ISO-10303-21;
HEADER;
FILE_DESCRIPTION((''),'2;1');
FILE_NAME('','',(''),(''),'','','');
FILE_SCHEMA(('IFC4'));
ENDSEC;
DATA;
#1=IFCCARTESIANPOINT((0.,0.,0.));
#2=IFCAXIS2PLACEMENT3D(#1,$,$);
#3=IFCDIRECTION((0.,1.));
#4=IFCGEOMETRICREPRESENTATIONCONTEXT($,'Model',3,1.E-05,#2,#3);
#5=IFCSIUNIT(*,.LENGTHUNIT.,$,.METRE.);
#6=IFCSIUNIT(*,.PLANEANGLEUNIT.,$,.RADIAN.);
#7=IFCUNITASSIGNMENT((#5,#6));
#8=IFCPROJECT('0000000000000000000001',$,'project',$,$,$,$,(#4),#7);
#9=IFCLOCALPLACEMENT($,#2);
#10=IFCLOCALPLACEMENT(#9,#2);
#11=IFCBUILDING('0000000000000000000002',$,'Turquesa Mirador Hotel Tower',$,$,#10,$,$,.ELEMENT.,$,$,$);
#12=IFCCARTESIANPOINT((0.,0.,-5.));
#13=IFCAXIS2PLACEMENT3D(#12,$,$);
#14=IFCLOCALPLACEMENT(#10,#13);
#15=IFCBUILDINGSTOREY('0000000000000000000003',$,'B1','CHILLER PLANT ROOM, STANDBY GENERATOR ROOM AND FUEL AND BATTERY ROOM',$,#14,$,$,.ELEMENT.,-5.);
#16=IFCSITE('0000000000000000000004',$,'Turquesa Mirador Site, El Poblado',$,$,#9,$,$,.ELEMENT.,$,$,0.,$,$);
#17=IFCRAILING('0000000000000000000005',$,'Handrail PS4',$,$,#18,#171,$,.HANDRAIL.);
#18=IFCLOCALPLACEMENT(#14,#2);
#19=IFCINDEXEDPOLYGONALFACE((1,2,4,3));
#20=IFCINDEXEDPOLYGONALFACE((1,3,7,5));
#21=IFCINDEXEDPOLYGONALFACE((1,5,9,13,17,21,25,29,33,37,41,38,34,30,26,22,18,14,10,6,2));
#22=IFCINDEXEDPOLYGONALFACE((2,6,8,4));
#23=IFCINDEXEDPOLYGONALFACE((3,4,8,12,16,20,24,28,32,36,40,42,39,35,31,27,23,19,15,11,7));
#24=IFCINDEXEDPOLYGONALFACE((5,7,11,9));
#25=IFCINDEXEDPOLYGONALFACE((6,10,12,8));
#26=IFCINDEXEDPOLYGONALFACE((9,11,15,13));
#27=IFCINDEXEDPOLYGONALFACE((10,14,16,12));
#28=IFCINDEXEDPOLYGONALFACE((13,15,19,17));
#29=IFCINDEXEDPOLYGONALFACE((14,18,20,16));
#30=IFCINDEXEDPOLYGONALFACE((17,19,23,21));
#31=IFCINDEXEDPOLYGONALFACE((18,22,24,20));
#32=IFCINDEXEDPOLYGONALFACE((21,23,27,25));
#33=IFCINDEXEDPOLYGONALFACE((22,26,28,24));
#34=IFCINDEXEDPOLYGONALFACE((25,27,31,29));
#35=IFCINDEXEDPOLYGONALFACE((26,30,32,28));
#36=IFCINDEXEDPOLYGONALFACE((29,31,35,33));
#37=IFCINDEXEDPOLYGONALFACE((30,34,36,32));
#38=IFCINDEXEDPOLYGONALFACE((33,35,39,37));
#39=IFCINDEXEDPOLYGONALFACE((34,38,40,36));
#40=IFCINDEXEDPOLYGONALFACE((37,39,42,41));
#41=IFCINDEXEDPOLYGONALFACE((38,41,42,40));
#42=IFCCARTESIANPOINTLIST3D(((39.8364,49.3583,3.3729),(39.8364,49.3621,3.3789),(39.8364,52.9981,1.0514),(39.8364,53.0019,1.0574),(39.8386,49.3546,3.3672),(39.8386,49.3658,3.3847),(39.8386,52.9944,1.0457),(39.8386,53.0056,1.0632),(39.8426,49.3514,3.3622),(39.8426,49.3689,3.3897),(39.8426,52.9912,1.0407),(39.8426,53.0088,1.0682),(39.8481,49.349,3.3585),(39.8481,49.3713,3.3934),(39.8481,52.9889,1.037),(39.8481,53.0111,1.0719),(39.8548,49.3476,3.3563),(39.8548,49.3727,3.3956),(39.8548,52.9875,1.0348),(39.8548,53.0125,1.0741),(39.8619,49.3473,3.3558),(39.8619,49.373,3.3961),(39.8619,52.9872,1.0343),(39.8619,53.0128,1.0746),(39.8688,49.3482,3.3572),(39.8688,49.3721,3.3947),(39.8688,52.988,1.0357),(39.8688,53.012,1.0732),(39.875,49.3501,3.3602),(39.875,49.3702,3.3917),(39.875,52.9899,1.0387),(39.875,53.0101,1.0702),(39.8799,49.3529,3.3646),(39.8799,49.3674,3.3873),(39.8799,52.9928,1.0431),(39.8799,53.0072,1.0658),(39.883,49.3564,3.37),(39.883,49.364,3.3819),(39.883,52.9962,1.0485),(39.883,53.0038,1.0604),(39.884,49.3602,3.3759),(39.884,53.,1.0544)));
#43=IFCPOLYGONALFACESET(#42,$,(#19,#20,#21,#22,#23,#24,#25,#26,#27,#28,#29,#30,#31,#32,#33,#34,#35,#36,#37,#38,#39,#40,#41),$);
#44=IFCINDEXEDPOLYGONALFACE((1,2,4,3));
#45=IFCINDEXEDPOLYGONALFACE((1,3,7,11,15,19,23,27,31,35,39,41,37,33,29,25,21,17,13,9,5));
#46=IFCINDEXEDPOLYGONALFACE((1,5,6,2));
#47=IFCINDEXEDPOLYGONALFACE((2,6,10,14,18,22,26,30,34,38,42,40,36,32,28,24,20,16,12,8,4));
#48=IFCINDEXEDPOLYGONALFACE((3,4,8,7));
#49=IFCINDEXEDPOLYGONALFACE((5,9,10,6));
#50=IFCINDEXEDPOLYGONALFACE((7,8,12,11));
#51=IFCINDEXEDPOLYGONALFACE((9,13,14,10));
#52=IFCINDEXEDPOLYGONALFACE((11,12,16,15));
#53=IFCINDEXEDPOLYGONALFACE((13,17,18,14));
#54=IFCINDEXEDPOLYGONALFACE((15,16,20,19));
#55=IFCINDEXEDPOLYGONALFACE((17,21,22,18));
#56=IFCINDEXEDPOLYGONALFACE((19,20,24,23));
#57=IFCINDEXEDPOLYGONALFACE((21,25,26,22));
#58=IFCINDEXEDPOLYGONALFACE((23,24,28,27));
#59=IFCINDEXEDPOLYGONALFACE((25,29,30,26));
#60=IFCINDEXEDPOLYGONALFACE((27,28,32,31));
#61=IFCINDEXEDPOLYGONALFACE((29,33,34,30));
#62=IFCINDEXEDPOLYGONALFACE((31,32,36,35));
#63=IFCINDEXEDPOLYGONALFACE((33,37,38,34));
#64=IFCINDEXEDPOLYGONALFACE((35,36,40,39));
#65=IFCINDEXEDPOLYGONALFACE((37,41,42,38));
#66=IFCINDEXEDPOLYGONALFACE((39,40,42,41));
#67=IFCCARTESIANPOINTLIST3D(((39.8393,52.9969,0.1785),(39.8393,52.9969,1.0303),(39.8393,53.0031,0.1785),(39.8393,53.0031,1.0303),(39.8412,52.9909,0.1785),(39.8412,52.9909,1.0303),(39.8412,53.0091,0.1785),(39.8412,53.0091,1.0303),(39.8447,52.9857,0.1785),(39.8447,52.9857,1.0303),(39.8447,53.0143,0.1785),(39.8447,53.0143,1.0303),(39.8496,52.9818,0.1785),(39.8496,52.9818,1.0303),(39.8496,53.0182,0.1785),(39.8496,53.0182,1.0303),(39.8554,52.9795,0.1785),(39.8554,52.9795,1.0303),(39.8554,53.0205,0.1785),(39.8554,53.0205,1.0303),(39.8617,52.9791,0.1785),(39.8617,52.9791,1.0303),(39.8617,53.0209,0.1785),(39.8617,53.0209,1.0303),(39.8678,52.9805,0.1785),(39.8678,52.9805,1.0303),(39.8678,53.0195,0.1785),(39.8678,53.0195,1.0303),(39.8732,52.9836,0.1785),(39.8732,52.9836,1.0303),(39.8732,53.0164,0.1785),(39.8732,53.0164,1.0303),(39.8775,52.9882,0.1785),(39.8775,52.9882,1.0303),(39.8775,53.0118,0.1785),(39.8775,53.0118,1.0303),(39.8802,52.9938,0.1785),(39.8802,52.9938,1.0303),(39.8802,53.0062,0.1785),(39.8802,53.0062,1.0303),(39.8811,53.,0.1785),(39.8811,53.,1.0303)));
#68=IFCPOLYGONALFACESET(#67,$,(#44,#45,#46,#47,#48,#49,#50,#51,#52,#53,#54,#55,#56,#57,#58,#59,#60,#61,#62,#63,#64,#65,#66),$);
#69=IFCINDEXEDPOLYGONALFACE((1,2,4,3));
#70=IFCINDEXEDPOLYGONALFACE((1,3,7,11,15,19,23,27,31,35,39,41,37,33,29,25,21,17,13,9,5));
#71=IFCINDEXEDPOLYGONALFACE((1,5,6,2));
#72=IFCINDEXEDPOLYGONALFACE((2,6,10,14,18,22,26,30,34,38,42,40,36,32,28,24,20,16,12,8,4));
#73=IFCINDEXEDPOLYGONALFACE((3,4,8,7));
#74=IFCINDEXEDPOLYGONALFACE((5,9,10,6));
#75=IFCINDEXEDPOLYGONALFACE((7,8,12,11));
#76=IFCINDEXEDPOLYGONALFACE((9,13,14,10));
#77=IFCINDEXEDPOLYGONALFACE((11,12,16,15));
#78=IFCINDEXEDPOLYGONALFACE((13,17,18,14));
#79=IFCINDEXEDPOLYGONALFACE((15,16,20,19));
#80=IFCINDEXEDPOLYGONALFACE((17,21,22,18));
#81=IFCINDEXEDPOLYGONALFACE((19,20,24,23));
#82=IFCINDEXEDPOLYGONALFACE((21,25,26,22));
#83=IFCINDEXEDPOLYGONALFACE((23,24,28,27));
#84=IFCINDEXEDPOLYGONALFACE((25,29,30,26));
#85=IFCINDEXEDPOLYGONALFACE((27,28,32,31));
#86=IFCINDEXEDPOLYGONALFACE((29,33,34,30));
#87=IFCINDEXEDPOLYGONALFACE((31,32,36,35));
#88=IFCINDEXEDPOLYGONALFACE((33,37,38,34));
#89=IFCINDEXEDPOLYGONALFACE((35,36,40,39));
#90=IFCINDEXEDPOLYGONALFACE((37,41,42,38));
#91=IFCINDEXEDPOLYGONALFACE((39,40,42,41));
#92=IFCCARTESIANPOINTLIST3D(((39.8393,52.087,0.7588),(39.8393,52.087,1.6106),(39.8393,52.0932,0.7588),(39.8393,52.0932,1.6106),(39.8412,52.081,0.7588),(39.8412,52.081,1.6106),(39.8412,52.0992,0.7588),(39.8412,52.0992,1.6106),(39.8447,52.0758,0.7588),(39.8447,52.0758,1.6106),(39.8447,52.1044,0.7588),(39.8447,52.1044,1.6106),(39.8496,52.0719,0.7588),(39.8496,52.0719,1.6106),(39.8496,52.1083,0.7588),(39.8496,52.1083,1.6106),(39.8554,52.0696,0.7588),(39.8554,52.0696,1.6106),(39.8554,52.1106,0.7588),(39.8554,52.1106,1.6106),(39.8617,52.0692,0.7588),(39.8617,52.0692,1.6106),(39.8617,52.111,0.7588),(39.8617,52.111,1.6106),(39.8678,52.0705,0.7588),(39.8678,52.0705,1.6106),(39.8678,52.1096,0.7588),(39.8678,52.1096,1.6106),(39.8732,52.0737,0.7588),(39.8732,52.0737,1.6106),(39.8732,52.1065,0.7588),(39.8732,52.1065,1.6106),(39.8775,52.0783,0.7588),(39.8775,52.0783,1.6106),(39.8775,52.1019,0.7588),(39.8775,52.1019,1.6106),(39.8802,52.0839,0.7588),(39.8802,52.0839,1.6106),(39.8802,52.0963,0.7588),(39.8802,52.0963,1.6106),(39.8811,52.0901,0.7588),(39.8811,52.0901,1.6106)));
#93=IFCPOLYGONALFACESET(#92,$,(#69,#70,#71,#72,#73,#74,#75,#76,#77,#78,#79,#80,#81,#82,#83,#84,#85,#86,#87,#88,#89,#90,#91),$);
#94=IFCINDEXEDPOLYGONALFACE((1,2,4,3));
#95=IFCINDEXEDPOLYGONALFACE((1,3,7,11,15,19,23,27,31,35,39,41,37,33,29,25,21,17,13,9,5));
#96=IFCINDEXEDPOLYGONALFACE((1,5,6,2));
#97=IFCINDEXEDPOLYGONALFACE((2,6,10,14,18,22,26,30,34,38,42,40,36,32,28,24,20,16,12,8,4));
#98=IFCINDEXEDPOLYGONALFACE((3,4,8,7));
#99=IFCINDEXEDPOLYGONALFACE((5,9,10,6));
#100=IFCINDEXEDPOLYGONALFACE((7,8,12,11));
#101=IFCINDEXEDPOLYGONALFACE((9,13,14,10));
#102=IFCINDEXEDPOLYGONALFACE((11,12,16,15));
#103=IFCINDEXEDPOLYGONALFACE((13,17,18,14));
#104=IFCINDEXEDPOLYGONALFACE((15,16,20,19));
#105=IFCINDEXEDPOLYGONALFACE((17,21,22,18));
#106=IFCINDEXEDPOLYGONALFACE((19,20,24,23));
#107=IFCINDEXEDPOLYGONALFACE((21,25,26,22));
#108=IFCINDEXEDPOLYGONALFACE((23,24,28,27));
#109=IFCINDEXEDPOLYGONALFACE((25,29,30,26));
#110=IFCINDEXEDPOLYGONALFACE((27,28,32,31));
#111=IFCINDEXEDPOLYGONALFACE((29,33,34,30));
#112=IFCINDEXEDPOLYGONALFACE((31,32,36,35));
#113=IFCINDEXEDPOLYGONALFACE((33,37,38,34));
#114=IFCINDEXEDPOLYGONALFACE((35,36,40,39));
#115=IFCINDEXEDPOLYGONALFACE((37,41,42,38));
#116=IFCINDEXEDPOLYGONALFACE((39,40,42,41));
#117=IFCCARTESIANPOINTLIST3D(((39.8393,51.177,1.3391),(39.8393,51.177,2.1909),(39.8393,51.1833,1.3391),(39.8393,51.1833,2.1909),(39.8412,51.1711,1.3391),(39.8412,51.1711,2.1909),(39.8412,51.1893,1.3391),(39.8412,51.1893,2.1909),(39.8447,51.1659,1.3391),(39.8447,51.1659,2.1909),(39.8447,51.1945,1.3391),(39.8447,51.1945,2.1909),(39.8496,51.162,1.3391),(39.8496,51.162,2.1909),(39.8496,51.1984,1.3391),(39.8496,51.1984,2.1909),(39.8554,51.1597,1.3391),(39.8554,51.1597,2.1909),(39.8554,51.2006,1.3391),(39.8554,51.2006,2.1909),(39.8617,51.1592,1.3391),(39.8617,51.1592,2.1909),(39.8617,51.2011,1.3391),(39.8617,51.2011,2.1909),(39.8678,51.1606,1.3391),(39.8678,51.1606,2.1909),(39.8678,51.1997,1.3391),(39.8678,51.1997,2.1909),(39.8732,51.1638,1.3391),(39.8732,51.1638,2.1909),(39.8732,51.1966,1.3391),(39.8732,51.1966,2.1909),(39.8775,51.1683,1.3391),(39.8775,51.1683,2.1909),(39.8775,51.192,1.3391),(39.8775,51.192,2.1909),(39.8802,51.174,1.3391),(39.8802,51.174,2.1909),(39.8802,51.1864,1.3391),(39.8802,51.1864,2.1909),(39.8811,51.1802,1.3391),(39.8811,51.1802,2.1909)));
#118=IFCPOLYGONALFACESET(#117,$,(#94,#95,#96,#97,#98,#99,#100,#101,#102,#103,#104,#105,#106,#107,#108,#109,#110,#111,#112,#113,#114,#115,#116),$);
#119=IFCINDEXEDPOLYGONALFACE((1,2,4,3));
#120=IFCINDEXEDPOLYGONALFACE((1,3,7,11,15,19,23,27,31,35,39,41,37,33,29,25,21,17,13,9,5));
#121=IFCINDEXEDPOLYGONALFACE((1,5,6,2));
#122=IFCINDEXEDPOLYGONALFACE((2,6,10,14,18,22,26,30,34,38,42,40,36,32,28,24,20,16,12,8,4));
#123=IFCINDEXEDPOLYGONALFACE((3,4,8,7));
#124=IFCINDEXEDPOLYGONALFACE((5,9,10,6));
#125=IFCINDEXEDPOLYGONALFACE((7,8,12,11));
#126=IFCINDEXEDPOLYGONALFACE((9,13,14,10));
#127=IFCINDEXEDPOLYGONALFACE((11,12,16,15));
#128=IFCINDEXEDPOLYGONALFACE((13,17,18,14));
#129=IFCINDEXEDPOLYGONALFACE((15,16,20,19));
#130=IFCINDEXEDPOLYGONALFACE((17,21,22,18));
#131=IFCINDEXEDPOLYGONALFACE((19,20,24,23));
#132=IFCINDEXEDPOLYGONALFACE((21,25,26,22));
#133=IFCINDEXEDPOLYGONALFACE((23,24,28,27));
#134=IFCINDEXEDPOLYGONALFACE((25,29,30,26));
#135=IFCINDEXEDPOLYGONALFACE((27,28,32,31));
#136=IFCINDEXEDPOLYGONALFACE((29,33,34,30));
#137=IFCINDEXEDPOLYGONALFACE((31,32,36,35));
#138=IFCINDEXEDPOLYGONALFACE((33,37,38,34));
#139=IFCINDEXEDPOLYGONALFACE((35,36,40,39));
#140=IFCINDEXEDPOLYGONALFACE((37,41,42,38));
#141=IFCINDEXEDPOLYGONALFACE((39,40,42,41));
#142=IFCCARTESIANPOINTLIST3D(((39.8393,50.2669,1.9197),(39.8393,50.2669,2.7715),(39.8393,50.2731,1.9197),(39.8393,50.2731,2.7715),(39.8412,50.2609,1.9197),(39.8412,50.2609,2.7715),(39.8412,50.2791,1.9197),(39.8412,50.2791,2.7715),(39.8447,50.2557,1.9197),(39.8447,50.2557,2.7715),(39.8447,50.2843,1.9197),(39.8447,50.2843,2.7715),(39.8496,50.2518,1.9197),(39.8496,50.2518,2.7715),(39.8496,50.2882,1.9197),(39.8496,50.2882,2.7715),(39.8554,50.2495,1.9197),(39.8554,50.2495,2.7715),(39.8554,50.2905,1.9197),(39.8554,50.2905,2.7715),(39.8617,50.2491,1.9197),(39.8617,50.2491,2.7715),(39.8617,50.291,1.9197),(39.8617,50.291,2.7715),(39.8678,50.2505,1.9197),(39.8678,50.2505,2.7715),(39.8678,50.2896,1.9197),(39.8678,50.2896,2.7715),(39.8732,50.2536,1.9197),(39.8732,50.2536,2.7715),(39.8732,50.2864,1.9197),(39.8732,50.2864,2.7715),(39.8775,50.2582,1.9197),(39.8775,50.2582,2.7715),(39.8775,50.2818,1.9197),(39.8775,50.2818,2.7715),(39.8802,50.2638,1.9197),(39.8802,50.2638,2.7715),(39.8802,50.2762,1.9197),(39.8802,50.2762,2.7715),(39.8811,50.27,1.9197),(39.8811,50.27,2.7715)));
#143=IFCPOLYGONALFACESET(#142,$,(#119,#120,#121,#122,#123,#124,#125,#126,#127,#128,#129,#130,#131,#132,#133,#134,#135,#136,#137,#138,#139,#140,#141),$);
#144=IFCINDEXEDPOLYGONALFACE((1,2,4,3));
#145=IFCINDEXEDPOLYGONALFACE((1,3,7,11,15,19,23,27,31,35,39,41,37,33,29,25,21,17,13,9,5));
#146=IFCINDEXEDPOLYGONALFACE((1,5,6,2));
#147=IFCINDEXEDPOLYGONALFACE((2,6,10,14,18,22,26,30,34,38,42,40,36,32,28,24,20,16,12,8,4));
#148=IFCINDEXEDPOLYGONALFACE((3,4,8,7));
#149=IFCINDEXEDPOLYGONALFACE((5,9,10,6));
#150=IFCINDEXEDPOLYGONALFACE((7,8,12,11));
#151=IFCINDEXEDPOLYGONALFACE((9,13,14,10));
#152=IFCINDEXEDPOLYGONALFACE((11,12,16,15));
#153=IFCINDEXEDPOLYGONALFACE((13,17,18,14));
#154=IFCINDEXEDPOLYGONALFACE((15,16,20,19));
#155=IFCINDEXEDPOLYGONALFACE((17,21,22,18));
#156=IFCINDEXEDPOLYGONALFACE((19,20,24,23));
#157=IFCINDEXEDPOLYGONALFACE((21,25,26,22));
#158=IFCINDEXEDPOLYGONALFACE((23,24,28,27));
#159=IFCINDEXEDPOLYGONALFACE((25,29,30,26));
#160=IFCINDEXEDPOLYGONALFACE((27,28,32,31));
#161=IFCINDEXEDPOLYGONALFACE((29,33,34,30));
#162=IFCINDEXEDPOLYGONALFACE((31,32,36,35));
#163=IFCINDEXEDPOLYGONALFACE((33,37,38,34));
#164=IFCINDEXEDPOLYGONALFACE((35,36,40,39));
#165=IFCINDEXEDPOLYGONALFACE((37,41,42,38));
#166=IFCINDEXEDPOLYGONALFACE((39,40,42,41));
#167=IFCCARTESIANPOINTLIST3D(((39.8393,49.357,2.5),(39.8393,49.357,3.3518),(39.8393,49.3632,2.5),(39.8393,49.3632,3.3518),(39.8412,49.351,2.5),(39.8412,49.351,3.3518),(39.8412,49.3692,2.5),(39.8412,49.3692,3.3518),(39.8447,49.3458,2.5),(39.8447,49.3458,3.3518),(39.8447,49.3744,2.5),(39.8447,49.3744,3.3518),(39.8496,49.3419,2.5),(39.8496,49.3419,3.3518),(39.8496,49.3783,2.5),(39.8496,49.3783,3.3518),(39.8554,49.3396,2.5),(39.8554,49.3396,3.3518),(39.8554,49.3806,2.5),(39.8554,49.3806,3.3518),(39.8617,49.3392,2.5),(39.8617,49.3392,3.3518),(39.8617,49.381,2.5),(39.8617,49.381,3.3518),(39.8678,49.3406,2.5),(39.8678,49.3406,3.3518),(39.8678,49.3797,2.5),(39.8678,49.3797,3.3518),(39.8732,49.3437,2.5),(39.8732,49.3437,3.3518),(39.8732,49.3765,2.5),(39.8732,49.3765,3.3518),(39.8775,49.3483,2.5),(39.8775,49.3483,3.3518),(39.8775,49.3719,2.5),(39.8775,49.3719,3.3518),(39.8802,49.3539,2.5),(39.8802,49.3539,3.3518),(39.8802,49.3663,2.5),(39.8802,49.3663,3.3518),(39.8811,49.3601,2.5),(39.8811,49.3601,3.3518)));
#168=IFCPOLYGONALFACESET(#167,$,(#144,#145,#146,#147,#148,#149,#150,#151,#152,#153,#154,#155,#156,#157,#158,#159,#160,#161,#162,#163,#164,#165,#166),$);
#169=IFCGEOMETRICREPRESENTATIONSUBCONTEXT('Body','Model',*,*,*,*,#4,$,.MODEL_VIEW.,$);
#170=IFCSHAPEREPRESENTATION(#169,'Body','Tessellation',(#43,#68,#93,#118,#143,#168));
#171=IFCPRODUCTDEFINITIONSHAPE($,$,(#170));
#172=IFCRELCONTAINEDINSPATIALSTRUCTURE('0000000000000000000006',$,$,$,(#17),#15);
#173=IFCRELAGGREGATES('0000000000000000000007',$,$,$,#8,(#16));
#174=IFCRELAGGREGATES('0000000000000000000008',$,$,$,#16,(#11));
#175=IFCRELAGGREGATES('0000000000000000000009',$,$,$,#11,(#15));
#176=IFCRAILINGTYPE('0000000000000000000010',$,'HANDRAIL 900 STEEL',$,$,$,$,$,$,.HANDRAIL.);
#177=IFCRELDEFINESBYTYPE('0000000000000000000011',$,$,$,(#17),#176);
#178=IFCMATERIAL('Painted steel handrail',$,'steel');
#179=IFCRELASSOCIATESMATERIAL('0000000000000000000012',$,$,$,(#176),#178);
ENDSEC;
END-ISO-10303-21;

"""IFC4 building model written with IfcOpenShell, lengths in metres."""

from ifc_helpers import new_model, si_unit, direction, frame, origin, origin_2d, place, context, subcontext, project, spatial, circle, extrude, material, type_object, element, save


model = new_model("IFC4")

# Units and contexts
model_context = context("Model", 3, precision=1e-05, world=origin(), true_north=direction((0.0, 1.0)))
body_context = subcontext(model_context, "Body", "Model", "MODEL_VIEW")
ifc_project = project(units=[si_unit("LENGTHUNIT", "METRE"), si_unit("PLANEANGLEUNIT", "RADIAN")], contexts=[model_context])

# Site, building, storey
site_placement = place(None, origin())
site = spatial("IfcSite", under=ifc_project, at=site_placement, Name="Turquesa Mirador Site, El Poblado", CompositionType="ELEMENT", RefElevation=0.0)
building_placement = place(site_placement, origin())
building = spatial("IfcBuilding", under=site, at=building_placement, Name="Turquesa Mirador Hotel Tower", CompositionType="ELEMENT")
storey_placement = place(building_placement, frame((0.0, 0.0, -5.0)))
storey = spatial("IfcBuildingStorey", under=building, at=storey_placement, Name="B1", Description="CHILLER PLANT ROOM, STANDBY GENERATOR ROOM AND FUEL AND BATTERY ROOM", CompositionType="ELEMENT", Elevation=-5.0)

# Railing
ifc_material_1 = material(Name="Painted steel handrail", Category="steel")
railing_type = type_object("IfcRailingType", Name="HANDRAIL 900 STEEL", PredefinedType="HANDRAIL", material=ifc_material_1)
railing_1_placement = place(storey_placement, frame((39.8601, 53.0, 0.1785)))
element("IfcRailing", 1, at=railing_1_placement, inside=storey, type_object=railing_type, Name="Handrail PS4", PredefinedType="HANDRAIL", context=body_context, shape_type="SweptSolid", body=[
    extrude(circle(Radius=0.0239, at=origin_2d()), frame((0.0, 0.0, 0.876), z_axis=(0.0, -0.843112, 0.537739), x_axis=(1.0, 0.0, 0.0)), (0.0, 0.0, 1.0), 4.3171),
    extrude(circle(Radius=0.021, at=origin_2d()), origin(), (0.0, 0.0, 1.0), 0.8518),
    extrude(circle(Radius=0.021, at=origin_2d()), frame((0.0, -0.9099, 0.5803)), (0.0, 0.0, 1.0), 0.8518),
    extrude(circle(Radius=0.021, at=origin_2d()), frame((0.0, -1.8198, 1.1606)), (0.0, 0.0, 1.0), 0.8518),
    extrude(circle(Radius=0.021, at=origin_2d()), frame((0.0, -2.73, 1.7412)), (0.0, 0.0, 1.0), 0.8518),
    extrude(circle(Radius=0.021, at=origin_2d()), frame((0.0, -3.6399, 2.3215)), (0.0, 0.0, 1.0), 0.8518),
])

save(model, "model.ifc")
